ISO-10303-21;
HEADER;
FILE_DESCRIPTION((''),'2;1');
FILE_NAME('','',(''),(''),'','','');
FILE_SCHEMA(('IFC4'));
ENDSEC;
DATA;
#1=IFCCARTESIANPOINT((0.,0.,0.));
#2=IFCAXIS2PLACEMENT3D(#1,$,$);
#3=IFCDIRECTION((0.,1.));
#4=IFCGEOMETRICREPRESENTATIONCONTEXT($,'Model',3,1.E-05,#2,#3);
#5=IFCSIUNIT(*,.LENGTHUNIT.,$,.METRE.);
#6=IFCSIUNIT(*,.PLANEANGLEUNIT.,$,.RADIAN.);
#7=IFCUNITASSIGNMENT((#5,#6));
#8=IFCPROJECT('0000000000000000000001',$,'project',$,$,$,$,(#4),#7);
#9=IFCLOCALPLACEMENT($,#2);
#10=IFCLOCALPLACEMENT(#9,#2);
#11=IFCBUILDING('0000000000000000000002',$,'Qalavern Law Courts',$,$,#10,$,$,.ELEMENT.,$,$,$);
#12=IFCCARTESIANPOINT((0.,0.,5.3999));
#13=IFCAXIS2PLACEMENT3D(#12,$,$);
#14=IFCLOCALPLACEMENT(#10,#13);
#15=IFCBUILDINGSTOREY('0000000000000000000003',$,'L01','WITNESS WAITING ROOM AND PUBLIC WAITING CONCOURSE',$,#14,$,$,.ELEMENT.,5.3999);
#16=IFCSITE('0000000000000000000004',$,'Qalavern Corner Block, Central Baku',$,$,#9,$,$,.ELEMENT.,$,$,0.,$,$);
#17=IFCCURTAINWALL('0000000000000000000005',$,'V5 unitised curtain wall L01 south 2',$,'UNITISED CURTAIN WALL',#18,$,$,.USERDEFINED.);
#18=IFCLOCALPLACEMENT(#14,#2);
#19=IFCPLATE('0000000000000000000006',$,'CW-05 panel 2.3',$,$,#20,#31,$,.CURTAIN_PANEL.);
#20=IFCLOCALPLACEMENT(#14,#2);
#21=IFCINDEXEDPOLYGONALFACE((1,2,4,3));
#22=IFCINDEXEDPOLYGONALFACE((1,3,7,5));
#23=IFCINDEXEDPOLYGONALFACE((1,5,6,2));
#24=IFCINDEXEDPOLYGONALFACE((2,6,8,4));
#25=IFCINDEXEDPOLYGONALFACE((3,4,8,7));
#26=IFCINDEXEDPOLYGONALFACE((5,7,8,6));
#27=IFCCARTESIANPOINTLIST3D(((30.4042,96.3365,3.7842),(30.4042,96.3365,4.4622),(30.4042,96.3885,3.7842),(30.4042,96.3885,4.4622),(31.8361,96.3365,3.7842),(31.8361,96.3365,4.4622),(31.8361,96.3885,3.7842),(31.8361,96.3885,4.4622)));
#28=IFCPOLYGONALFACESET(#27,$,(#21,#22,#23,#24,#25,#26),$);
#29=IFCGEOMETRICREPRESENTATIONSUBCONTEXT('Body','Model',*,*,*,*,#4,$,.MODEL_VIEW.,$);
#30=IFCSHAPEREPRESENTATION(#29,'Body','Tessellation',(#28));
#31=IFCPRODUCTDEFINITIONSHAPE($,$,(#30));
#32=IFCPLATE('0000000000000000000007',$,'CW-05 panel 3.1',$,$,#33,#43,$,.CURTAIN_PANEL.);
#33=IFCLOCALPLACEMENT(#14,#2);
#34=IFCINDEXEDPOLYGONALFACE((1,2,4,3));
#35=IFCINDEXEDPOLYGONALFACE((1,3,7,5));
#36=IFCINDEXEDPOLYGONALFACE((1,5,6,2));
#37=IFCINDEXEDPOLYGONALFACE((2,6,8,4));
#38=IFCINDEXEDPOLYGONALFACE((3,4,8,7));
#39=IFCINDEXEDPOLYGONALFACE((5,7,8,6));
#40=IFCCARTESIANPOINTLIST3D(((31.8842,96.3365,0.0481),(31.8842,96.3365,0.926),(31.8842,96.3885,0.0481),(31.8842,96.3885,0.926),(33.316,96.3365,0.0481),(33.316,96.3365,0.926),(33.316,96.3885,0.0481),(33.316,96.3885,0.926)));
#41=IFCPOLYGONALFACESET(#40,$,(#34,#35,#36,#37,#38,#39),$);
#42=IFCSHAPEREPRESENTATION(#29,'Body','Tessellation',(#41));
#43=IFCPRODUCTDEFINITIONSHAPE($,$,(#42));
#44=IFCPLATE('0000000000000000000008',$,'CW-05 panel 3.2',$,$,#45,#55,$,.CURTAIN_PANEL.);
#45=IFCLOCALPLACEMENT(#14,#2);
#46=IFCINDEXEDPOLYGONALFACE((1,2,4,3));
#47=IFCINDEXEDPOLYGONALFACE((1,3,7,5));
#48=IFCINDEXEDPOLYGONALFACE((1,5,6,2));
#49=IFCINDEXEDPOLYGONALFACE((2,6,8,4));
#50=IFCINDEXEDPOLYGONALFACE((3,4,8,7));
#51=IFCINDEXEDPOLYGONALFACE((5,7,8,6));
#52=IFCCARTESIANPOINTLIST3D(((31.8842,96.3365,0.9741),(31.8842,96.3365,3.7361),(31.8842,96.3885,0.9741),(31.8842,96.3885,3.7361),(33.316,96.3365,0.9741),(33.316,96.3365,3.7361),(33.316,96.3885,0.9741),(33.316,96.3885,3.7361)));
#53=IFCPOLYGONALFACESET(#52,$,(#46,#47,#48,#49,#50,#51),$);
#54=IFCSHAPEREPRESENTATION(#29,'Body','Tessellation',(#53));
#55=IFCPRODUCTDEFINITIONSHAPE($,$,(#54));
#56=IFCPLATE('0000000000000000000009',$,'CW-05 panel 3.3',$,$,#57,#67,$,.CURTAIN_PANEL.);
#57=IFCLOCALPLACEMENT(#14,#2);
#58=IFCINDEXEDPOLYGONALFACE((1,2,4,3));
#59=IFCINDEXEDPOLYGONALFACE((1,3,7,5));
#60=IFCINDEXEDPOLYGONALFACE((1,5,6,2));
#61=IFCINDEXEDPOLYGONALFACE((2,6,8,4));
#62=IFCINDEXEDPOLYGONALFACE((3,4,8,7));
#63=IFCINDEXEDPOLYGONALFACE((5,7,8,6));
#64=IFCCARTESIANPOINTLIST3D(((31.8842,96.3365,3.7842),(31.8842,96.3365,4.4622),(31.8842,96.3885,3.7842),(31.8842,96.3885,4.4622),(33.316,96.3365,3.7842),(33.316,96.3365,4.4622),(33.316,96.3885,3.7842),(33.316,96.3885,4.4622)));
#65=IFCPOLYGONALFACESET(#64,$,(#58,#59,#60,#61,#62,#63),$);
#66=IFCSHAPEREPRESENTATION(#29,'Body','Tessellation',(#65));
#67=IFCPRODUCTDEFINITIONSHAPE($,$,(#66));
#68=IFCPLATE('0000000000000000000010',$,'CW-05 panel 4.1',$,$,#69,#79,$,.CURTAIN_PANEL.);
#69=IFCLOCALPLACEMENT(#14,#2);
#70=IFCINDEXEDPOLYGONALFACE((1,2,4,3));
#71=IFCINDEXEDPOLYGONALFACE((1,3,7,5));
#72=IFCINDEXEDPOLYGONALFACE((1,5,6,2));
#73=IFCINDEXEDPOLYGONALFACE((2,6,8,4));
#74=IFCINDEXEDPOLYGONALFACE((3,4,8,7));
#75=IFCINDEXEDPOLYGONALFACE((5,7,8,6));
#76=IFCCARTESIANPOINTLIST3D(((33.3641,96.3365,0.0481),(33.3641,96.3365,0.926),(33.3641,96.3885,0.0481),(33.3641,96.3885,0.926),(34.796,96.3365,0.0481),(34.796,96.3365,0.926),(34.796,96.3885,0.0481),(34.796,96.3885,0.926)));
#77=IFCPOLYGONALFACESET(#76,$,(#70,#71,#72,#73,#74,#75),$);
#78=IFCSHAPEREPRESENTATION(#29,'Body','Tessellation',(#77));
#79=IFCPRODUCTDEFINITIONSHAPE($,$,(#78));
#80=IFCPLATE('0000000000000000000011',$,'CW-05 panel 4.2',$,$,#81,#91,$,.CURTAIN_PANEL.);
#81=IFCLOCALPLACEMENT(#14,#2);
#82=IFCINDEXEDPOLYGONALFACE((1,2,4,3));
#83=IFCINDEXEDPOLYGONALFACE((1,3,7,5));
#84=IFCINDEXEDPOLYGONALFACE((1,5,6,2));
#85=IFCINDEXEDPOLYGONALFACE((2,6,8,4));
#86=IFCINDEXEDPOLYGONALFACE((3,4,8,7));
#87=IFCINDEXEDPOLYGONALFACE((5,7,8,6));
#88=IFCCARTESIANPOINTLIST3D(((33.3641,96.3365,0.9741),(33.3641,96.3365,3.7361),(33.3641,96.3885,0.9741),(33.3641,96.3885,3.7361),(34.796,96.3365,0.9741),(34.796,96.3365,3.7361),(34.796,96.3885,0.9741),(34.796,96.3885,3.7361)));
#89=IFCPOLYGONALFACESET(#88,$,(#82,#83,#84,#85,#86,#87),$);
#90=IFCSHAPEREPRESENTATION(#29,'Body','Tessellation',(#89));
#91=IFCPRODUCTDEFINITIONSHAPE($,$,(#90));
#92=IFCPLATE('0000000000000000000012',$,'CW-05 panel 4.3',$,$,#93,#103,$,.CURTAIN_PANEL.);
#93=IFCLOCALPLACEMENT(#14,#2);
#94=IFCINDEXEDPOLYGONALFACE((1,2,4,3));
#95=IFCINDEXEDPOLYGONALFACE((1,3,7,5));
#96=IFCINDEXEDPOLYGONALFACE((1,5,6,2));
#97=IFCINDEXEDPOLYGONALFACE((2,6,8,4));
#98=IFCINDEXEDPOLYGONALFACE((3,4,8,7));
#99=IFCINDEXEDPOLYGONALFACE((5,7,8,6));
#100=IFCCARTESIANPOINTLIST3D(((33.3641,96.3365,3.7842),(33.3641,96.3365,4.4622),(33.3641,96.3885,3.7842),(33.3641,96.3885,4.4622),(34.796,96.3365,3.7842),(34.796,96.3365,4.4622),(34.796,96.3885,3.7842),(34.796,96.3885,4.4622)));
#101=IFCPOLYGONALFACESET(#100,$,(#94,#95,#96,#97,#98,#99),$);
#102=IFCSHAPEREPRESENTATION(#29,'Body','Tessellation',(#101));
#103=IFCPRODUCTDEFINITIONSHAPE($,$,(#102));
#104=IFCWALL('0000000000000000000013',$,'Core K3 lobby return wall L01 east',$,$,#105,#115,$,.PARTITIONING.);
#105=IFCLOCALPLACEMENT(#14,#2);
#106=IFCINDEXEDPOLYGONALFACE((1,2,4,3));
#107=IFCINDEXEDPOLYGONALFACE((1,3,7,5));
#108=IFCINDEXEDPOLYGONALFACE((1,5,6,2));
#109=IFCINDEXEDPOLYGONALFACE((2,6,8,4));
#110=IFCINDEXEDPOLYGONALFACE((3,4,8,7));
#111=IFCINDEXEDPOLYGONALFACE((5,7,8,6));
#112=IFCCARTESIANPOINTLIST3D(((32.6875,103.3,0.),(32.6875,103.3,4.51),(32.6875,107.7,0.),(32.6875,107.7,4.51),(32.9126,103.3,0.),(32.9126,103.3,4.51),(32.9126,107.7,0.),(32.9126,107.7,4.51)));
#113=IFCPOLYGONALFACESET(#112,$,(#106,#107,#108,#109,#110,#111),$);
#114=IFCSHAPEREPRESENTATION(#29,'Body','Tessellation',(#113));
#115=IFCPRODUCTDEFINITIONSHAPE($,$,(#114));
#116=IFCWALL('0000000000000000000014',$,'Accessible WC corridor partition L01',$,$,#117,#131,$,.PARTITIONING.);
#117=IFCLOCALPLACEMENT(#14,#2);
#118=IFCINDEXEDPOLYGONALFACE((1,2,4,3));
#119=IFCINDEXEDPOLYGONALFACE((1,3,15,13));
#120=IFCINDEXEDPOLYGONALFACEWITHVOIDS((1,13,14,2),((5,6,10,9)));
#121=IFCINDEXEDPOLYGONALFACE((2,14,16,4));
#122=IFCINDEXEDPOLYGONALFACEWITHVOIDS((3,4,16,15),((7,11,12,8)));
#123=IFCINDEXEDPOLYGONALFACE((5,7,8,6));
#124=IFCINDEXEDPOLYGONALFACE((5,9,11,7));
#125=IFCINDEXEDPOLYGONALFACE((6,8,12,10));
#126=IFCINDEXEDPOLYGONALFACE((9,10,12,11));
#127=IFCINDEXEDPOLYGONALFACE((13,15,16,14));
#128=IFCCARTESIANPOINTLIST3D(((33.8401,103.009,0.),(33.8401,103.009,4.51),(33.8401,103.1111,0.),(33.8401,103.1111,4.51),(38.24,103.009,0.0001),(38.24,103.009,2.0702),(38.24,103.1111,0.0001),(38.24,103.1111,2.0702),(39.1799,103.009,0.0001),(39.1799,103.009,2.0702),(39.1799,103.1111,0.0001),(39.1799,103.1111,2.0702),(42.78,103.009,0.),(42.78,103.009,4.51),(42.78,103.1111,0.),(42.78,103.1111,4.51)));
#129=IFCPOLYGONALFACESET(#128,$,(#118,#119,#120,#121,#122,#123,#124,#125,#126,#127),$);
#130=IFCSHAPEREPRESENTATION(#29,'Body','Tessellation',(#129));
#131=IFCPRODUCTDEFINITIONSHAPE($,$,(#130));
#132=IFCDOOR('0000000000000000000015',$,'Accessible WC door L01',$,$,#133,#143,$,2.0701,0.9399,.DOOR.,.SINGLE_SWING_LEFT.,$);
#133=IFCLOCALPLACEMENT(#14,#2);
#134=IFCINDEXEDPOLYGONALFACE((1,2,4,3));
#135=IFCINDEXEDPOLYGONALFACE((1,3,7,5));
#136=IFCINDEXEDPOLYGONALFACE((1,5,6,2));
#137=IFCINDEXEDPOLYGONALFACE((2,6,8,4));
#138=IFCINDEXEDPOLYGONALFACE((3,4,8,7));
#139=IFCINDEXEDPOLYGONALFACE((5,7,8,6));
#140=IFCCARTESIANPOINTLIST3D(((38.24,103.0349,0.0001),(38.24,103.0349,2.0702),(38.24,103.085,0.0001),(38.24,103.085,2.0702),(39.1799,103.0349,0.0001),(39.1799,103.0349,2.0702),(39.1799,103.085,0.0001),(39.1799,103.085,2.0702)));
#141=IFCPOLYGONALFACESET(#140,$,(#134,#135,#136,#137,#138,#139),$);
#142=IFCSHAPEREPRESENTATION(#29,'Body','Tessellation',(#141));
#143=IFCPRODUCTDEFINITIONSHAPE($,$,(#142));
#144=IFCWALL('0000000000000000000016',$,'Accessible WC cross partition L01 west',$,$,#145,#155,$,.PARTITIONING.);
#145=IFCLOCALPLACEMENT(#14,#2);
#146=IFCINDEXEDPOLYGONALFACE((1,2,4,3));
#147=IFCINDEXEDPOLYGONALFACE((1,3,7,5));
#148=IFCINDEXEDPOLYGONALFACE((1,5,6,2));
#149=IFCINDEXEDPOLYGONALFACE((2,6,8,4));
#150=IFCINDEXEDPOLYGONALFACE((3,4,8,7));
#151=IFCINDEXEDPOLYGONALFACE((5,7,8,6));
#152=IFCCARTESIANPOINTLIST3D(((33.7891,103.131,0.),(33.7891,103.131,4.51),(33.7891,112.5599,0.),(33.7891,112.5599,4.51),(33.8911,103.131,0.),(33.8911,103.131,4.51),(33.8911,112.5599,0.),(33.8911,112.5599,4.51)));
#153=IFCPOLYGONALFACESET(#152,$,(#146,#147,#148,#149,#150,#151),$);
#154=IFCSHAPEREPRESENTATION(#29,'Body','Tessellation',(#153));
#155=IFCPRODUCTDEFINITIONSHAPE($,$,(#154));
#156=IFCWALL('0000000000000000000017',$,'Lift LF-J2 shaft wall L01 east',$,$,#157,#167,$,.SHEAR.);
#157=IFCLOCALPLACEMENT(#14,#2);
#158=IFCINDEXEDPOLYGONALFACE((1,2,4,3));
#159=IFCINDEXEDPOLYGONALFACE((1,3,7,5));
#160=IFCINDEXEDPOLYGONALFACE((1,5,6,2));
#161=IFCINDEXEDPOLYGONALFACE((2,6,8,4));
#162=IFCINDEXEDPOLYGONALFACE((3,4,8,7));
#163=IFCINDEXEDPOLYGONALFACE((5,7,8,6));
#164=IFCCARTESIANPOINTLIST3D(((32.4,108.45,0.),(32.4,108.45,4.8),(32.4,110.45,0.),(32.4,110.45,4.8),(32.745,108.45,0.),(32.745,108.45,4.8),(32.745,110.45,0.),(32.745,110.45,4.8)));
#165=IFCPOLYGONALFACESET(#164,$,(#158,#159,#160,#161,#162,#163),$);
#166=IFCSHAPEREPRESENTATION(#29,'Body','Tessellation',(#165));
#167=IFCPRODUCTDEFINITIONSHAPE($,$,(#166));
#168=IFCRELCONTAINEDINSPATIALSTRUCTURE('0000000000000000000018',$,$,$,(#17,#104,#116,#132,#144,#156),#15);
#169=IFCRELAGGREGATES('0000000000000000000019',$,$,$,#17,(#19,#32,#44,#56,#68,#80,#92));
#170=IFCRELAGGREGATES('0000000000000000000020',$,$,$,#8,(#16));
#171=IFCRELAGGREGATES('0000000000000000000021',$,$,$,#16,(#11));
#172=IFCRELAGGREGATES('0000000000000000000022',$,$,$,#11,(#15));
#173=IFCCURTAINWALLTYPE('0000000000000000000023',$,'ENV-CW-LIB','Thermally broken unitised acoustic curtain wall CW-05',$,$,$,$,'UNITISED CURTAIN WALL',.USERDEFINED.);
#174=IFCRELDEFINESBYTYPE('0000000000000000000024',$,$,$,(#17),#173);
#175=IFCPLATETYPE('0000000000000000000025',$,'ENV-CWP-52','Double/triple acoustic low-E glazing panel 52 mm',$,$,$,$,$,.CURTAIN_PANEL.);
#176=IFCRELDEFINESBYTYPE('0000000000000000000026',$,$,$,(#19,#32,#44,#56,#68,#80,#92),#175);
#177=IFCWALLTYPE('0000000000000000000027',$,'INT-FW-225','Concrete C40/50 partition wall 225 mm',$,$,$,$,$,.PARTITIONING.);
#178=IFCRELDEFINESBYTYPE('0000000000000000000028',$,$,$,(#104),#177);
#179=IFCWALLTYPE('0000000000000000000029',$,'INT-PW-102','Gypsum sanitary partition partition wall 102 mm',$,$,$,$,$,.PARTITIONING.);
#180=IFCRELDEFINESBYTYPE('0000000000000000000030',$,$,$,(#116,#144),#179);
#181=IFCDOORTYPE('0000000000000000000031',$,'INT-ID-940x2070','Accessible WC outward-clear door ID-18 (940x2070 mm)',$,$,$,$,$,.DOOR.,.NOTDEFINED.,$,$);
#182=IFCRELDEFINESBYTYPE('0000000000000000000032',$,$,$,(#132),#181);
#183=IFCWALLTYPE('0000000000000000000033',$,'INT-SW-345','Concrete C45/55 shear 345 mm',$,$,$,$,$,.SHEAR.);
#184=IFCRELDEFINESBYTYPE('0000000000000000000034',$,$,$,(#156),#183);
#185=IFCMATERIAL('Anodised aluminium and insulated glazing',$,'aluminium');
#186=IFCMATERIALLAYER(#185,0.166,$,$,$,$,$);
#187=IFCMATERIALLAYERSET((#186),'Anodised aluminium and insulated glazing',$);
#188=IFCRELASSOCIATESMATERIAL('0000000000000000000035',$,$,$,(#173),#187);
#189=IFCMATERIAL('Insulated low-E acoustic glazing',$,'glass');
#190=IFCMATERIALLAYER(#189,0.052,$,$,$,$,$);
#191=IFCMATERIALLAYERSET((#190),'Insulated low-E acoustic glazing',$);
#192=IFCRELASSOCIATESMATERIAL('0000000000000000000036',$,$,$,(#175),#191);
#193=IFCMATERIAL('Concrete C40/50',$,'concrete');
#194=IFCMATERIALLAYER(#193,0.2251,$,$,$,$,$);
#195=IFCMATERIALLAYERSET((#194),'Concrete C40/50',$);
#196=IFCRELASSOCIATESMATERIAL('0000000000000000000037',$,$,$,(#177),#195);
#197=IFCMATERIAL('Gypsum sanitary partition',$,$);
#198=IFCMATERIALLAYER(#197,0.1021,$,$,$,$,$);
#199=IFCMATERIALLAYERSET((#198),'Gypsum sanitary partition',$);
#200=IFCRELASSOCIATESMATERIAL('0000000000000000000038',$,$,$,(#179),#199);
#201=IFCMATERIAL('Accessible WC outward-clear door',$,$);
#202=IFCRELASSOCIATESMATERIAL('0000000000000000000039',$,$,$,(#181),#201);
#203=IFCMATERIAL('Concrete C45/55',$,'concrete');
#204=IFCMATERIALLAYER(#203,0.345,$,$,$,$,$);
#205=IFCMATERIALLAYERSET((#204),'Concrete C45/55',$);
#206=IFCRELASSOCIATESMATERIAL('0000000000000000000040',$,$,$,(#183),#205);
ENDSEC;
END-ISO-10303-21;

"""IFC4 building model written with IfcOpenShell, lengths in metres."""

from ifc_helpers import new_model, si_unit, direction, frame, frame_2d, origin, origin_2d, place, context, subcontext, project, spatial, rectangle, extrude, material, layer, layer_set, type_object, element, fill, aggregate, save


model = new_model("IFC4")

# Units and contexts
model_context = context("Model", 3, precision=1e-05, world=origin(), true_north=direction((0.0, 1.0)))
body_context = subcontext(model_context, "Body", "Model", "MODEL_VIEW")
ifc_project = project(units=[si_unit("LENGTHUNIT", "METRE"), si_unit("PLANEANGLEUNIT", "RADIAN")], contexts=[model_context])

# Site, building, storey
site_placement = place(None, origin())
site = spatial("IfcSite", under=ifc_project, at=site_placement, Name="Qalavern Corner Block, Central Baku", CompositionType="ELEMENT", RefElevation=0.0)
building_placement = place(site_placement, origin())
building = spatial("IfcBuilding", under=site, at=building_placement, Name="Qalavern Law Courts", CompositionType="ELEMENT")
storey_placement = place(building_placement, frame((0.0, 0.0, 5.3999)))
storey = spatial("IfcBuildingStorey", under=building, at=storey_placement, Name="L01", Description="WITNESS WAITING ROOM AND PUBLIC WAITING CONCOURSE", CompositionType="ELEMENT", Elevation=5.3999)

# Curtain wall, plates
ifc_material_1 = material(Name="Anodised aluminium and insulated glazing", Category="aluminium")
ifc_layer_1 = layer(ifc_material_1, 0.166)
ifc_layer_set_1 = layer_set([ifc_layer_1], Name="Anodised aluminium and insulated glazing")
curtain_wall_type = type_object("IfcCurtainWallType", Name="ENV-CW-LIB", Description="Thermally broken unitised acoustic curtain wall CW-05", ElementType="UNITISED CURTAIN WALL", PredefinedType="USERDEFINED", material=ifc_layer_set_1)
curtain_wall_placement = place(storey_placement, origin())
curtain_wall = element("IfcCurtainWall", 1, at=curtain_wall_placement, inside=storey, type_object=curtain_wall_type, Name="V5 unitised curtain wall L01 south 2", ObjectType="UNITISED CURTAIN WALL", PredefinedType="USERDEFINED")
ifc_material_2 = material(Name="Insulated low-E acoustic glazing", Category="glass")
ifc_layer_2 = layer(ifc_material_2, 0.052)
ifc_layer_set_2 = layer_set([ifc_layer_2], Name="Insulated low-E acoustic glazing")
plate_type = type_object("IfcPlateType", Name="ENV-CWP-52", Description="Double/triple acoustic low-E glazing panel 52 mm", PredefinedType="CURTAIN_PANEL", material=ifc_layer_set_2)
plate_1_placement = place(storey_placement, frame((31.1201, 96.3625, 3.7842), z_axis=(0.0, 0.0, 1.0), x_axis=(1.0, 0.0, 0.0)))
plate_1 = element("IfcPlate", 2, at=plate_1_placement, type_object=plate_type, Name="CW-05 panel 2.3", PredefinedType="CURTAIN_PANEL", context=body_context, shape_type="SweptSolid", body=[
    extrude(rectangle(XDim=1.4319, YDim=0.052, at=origin_2d()), origin(), (0.0, 0.0, 1.0), 0.678),
])
plate_2_placement = place(storey_placement, frame((32.6001, 96.3625, 0.0481), z_axis=(0.0, 0.0, 1.0), x_axis=(1.0, 0.0, 0.0)))
plate_2 = element("IfcPlate", 3, at=plate_2_placement, type_object=plate_type, Name="CW-05 panel 3.1", PredefinedType="CURTAIN_PANEL", context=body_context, shape_type="SweptSolid", body=[
    extrude(rectangle(XDim=1.4319, YDim=0.052, at=origin_2d()), origin(), (0.0, 0.0, 1.0), 0.8779),
])
plate_3_placement = place(storey_placement, frame((32.6001, 96.3625, 0.9741), z_axis=(0.0, 0.0, 1.0), x_axis=(1.0, 0.0, 0.0)))
plate_3 = element("IfcPlate", 4, at=plate_3_placement, type_object=plate_type, Name="CW-05 panel 3.2", PredefinedType="CURTAIN_PANEL", context=body_context, shape_type="SweptSolid", body=[
    extrude(rectangle(XDim=1.4319, YDim=0.052, at=origin_2d()), origin(), (0.0, 0.0, 1.0), 2.762),
])
plate_4_placement = place(storey_placement, frame((32.6001, 96.3625, 3.7842), z_axis=(0.0, 0.0, 1.0), x_axis=(1.0, 0.0, 0.0)))
plate_4 = element("IfcPlate", 5, at=plate_4_placement, type_object=plate_type, Name="CW-05 panel 3.3", PredefinedType="CURTAIN_PANEL", context=body_context, shape_type="SweptSolid", body=[
    extrude(rectangle(XDim=1.4319, YDim=0.052, at=origin_2d()), origin(), (0.0, 0.0, 1.0), 0.678),
])
plate_5_placement = place(storey_placement, frame((34.0801, 96.3625, 0.0481), z_axis=(0.0, 0.0, 1.0), x_axis=(1.0, 0.0, 0.0)))
plate_5 = element("IfcPlate", 6, at=plate_5_placement, type_object=plate_type, Name="CW-05 panel 4.1", PredefinedType="CURTAIN_PANEL", context=body_context, shape_type="SweptSolid", body=[
    extrude(rectangle(XDim=1.4319, YDim=0.052, at=origin_2d()), origin(), (0.0, 0.0, 1.0), 0.8779),
])
plate_6_placement = place(storey_placement, frame((34.0801, 96.3625, 0.9741), z_axis=(0.0, 0.0, 1.0), x_axis=(1.0, 0.0, 0.0)))
plate_6 = element("IfcPlate", 7, at=plate_6_placement, type_object=plate_type, Name="CW-05 panel 4.2", PredefinedType="CURTAIN_PANEL", context=body_context, shape_type="SweptSolid", body=[
    extrude(rectangle(XDim=1.4319, YDim=0.052, at=origin_2d()), origin(), (0.0, 0.0, 1.0), 2.762),
])
plate_7_placement = place(storey_placement, frame((34.0801, 96.3625, 3.7842), z_axis=(0.0, 0.0, 1.0), x_axis=(1.0, 0.0, 0.0)))
plate_7 = element("IfcPlate", 8, at=plate_7_placement, type_object=plate_type, Name="CW-05 panel 4.3", PredefinedType="CURTAIN_PANEL", context=body_context, shape_type="SweptSolid", body=[
    extrude(rectangle(XDim=1.4319, YDim=0.052, at=origin_2d()), origin(), (0.0, 0.0, 1.0), 0.678),
])
aggregate(curtain_wall, [plate_1, plate_2, plate_3, plate_4, plate_5, plate_6, plate_7])

# Wall
ifc_material_3 = material(Name="Concrete C40/50", Category="concrete")
ifc_layer_3 = layer(ifc_material_3, 0.2251)
ifc_layer_set_3 = layer_set([ifc_layer_3], Name="Concrete C40/50")
wall_type_1 = type_object("IfcWallType", Name="INT-FW-225", Description="Concrete C40/50 partition wall 225 mm", PredefinedType="PARTITIONING", material=ifc_layer_set_3)
wall_1_placement = place(storey_placement, frame((32.8, 103.3, 0.0), z_axis=(0.0, 0.0, 1.0), x_axis=(0.0, 1.0, 0.0)))
element("IfcWall", 9, at=wall_1_placement, inside=storey, type_object=wall_type_1, Name="Core K3 lobby return wall L01 east", PredefinedType="PARTITIONING", context=body_context, shape_type="SweptSolid", body=[
    extrude(rectangle(XDim=4.3999, YDim=0.2251, at=frame_2d((2.2, 0.0))), origin(), (0.0, 0.0, 1.0), 4.51),
])

# Wall, opening, door
ifc_material_4 = material(Name="Gypsum sanitary partition")
ifc_layer_4 = layer(ifc_material_4, 0.1021)
ifc_layer_set_4 = layer_set([ifc_layer_4], Name="Gypsum sanitary partition")
wall_type_2 = type_object("IfcWallType", Name="INT-PW-102", Description="Gypsum sanitary partition partition wall 102 mm", PredefinedType="PARTITIONING", material=ifc_layer_set_4)
wall_2_placement = place(storey_placement, frame((33.8401, 103.0601, 0.0), z_axis=(0.0, 0.0, 1.0), x_axis=(1.0, 0.0, 0.0)))
wall_2 = element("IfcWall", 10, at=wall_2_placement, inside=storey, type_object=wall_type_2, Name="Accessible WC corridor partition L01", PredefinedType="PARTITIONING", context=body_context, shape_type="SweptSolid", body=[
    extrude(rectangle(XDim=8.9399, YDim=0.1021, at=frame_2d((4.47, 0.0))), origin(), (0.0, 0.0, 1.0), 4.51),
])
opening_placement = place(wall_2_placement, frame((4.3999, 0.0, 0.0)))
opening = element("IfcOpeningElement", 11, at=opening_placement, cuts=wall_2, PredefinedType="OPENING", context=body_context, shape_type="SweptSolid", body=[
    extrude(rectangle(XDim=0.9399, YDim=2.0701, at=frame_2d((0.47, 1.0352))), frame((0.0, 0.0659, 0.0), z_axis=(0.0, -1.0, 0.0), x_axis=(1.0, 0.0, 0.0)), (0.0, 0.0, 1.0), 0.1318),
])
ifc_material_5 = material(Name="Accessible WC outward-clear door")
door_type = type_object("IfcDoorType", Name="INT-ID-940x2070", Description="Accessible WC outward-clear door ID-18 (940x2070 mm)", OperationType="NOTDEFINED", PredefinedType="DOOR", material=ifc_material_5)
door_placement = place(opening_placement, origin())
door = element("IfcDoor", 12, at=door_placement, inside=storey, type_object=door_type, Name="Accessible WC door L01", OperationType="SINGLE_SWING_LEFT", OverallHeight=2.0701, OverallWidth=0.9399, PredefinedType="DOOR", context=body_context, shape_type="SweptSolid", body=[
    extrude(rectangle(XDim=0.9399, YDim=2.0701, at=frame_2d((0.47, 1.0352))), frame((0.0, 0.0249, 0.0), z_axis=(0.0, -1.0, 0.0), x_axis=(1.0, 0.0, 0.0)), (0.0, 0.0, 1.0), 0.05),
])
fill(opening, door)

# Walls
wall_3_placement = place(storey_placement, frame((33.8401, 103.1311, 0.0), z_axis=(0.0, 0.0, 1.0), x_axis=(0.0, 1.0, 0.0)))
element("IfcWall", 13, at=wall_3_placement, inside=storey, type_object=wall_type_2, Name="Accessible WC cross partition L01 west", PredefinedType="PARTITIONING", context=body_context, shape_type="SweptSolid", body=[
    extrude(rectangle(XDim=9.429, YDim=0.1021, at=frame_2d((4.7144, 0.0))), origin(), (0.0, 0.0, 1.0), 4.51),
])
ifc_material_6 = material(Name="Concrete C45/55", Category="concrete")
ifc_layer_5 = layer(ifc_material_6, 0.345)
ifc_layer_set_5 = layer_set([ifc_layer_5], Name="Concrete C45/55")
wall_type_3 = type_object("IfcWallType", Name="INT-SW-345", Description="Concrete C45/55 shear 345 mm", PredefinedType="SHEAR", material=ifc_layer_set_5)
wall_4_placement = place(storey_placement, frame((32.5725, 108.45, 0.0), z_axis=(0.0, 0.0, 1.0), x_axis=(0.0, 1.0, 0.0)))
element("IfcWall", 14, at=wall_4_placement, inside=storey, type_object=wall_type_3, Name="Lift LF-J2 shaft wall L01 east", PredefinedType="SHEAR", context=body_context, shape_type="SweptSolid", body=[
    extrude(rectangle(XDim=2.0, YDim=0.345, at=frame_2d((1.0, 0.0))), origin(), (0.0, 0.0, 1.0), 4.8),
])

save(model, "model.ifc")
